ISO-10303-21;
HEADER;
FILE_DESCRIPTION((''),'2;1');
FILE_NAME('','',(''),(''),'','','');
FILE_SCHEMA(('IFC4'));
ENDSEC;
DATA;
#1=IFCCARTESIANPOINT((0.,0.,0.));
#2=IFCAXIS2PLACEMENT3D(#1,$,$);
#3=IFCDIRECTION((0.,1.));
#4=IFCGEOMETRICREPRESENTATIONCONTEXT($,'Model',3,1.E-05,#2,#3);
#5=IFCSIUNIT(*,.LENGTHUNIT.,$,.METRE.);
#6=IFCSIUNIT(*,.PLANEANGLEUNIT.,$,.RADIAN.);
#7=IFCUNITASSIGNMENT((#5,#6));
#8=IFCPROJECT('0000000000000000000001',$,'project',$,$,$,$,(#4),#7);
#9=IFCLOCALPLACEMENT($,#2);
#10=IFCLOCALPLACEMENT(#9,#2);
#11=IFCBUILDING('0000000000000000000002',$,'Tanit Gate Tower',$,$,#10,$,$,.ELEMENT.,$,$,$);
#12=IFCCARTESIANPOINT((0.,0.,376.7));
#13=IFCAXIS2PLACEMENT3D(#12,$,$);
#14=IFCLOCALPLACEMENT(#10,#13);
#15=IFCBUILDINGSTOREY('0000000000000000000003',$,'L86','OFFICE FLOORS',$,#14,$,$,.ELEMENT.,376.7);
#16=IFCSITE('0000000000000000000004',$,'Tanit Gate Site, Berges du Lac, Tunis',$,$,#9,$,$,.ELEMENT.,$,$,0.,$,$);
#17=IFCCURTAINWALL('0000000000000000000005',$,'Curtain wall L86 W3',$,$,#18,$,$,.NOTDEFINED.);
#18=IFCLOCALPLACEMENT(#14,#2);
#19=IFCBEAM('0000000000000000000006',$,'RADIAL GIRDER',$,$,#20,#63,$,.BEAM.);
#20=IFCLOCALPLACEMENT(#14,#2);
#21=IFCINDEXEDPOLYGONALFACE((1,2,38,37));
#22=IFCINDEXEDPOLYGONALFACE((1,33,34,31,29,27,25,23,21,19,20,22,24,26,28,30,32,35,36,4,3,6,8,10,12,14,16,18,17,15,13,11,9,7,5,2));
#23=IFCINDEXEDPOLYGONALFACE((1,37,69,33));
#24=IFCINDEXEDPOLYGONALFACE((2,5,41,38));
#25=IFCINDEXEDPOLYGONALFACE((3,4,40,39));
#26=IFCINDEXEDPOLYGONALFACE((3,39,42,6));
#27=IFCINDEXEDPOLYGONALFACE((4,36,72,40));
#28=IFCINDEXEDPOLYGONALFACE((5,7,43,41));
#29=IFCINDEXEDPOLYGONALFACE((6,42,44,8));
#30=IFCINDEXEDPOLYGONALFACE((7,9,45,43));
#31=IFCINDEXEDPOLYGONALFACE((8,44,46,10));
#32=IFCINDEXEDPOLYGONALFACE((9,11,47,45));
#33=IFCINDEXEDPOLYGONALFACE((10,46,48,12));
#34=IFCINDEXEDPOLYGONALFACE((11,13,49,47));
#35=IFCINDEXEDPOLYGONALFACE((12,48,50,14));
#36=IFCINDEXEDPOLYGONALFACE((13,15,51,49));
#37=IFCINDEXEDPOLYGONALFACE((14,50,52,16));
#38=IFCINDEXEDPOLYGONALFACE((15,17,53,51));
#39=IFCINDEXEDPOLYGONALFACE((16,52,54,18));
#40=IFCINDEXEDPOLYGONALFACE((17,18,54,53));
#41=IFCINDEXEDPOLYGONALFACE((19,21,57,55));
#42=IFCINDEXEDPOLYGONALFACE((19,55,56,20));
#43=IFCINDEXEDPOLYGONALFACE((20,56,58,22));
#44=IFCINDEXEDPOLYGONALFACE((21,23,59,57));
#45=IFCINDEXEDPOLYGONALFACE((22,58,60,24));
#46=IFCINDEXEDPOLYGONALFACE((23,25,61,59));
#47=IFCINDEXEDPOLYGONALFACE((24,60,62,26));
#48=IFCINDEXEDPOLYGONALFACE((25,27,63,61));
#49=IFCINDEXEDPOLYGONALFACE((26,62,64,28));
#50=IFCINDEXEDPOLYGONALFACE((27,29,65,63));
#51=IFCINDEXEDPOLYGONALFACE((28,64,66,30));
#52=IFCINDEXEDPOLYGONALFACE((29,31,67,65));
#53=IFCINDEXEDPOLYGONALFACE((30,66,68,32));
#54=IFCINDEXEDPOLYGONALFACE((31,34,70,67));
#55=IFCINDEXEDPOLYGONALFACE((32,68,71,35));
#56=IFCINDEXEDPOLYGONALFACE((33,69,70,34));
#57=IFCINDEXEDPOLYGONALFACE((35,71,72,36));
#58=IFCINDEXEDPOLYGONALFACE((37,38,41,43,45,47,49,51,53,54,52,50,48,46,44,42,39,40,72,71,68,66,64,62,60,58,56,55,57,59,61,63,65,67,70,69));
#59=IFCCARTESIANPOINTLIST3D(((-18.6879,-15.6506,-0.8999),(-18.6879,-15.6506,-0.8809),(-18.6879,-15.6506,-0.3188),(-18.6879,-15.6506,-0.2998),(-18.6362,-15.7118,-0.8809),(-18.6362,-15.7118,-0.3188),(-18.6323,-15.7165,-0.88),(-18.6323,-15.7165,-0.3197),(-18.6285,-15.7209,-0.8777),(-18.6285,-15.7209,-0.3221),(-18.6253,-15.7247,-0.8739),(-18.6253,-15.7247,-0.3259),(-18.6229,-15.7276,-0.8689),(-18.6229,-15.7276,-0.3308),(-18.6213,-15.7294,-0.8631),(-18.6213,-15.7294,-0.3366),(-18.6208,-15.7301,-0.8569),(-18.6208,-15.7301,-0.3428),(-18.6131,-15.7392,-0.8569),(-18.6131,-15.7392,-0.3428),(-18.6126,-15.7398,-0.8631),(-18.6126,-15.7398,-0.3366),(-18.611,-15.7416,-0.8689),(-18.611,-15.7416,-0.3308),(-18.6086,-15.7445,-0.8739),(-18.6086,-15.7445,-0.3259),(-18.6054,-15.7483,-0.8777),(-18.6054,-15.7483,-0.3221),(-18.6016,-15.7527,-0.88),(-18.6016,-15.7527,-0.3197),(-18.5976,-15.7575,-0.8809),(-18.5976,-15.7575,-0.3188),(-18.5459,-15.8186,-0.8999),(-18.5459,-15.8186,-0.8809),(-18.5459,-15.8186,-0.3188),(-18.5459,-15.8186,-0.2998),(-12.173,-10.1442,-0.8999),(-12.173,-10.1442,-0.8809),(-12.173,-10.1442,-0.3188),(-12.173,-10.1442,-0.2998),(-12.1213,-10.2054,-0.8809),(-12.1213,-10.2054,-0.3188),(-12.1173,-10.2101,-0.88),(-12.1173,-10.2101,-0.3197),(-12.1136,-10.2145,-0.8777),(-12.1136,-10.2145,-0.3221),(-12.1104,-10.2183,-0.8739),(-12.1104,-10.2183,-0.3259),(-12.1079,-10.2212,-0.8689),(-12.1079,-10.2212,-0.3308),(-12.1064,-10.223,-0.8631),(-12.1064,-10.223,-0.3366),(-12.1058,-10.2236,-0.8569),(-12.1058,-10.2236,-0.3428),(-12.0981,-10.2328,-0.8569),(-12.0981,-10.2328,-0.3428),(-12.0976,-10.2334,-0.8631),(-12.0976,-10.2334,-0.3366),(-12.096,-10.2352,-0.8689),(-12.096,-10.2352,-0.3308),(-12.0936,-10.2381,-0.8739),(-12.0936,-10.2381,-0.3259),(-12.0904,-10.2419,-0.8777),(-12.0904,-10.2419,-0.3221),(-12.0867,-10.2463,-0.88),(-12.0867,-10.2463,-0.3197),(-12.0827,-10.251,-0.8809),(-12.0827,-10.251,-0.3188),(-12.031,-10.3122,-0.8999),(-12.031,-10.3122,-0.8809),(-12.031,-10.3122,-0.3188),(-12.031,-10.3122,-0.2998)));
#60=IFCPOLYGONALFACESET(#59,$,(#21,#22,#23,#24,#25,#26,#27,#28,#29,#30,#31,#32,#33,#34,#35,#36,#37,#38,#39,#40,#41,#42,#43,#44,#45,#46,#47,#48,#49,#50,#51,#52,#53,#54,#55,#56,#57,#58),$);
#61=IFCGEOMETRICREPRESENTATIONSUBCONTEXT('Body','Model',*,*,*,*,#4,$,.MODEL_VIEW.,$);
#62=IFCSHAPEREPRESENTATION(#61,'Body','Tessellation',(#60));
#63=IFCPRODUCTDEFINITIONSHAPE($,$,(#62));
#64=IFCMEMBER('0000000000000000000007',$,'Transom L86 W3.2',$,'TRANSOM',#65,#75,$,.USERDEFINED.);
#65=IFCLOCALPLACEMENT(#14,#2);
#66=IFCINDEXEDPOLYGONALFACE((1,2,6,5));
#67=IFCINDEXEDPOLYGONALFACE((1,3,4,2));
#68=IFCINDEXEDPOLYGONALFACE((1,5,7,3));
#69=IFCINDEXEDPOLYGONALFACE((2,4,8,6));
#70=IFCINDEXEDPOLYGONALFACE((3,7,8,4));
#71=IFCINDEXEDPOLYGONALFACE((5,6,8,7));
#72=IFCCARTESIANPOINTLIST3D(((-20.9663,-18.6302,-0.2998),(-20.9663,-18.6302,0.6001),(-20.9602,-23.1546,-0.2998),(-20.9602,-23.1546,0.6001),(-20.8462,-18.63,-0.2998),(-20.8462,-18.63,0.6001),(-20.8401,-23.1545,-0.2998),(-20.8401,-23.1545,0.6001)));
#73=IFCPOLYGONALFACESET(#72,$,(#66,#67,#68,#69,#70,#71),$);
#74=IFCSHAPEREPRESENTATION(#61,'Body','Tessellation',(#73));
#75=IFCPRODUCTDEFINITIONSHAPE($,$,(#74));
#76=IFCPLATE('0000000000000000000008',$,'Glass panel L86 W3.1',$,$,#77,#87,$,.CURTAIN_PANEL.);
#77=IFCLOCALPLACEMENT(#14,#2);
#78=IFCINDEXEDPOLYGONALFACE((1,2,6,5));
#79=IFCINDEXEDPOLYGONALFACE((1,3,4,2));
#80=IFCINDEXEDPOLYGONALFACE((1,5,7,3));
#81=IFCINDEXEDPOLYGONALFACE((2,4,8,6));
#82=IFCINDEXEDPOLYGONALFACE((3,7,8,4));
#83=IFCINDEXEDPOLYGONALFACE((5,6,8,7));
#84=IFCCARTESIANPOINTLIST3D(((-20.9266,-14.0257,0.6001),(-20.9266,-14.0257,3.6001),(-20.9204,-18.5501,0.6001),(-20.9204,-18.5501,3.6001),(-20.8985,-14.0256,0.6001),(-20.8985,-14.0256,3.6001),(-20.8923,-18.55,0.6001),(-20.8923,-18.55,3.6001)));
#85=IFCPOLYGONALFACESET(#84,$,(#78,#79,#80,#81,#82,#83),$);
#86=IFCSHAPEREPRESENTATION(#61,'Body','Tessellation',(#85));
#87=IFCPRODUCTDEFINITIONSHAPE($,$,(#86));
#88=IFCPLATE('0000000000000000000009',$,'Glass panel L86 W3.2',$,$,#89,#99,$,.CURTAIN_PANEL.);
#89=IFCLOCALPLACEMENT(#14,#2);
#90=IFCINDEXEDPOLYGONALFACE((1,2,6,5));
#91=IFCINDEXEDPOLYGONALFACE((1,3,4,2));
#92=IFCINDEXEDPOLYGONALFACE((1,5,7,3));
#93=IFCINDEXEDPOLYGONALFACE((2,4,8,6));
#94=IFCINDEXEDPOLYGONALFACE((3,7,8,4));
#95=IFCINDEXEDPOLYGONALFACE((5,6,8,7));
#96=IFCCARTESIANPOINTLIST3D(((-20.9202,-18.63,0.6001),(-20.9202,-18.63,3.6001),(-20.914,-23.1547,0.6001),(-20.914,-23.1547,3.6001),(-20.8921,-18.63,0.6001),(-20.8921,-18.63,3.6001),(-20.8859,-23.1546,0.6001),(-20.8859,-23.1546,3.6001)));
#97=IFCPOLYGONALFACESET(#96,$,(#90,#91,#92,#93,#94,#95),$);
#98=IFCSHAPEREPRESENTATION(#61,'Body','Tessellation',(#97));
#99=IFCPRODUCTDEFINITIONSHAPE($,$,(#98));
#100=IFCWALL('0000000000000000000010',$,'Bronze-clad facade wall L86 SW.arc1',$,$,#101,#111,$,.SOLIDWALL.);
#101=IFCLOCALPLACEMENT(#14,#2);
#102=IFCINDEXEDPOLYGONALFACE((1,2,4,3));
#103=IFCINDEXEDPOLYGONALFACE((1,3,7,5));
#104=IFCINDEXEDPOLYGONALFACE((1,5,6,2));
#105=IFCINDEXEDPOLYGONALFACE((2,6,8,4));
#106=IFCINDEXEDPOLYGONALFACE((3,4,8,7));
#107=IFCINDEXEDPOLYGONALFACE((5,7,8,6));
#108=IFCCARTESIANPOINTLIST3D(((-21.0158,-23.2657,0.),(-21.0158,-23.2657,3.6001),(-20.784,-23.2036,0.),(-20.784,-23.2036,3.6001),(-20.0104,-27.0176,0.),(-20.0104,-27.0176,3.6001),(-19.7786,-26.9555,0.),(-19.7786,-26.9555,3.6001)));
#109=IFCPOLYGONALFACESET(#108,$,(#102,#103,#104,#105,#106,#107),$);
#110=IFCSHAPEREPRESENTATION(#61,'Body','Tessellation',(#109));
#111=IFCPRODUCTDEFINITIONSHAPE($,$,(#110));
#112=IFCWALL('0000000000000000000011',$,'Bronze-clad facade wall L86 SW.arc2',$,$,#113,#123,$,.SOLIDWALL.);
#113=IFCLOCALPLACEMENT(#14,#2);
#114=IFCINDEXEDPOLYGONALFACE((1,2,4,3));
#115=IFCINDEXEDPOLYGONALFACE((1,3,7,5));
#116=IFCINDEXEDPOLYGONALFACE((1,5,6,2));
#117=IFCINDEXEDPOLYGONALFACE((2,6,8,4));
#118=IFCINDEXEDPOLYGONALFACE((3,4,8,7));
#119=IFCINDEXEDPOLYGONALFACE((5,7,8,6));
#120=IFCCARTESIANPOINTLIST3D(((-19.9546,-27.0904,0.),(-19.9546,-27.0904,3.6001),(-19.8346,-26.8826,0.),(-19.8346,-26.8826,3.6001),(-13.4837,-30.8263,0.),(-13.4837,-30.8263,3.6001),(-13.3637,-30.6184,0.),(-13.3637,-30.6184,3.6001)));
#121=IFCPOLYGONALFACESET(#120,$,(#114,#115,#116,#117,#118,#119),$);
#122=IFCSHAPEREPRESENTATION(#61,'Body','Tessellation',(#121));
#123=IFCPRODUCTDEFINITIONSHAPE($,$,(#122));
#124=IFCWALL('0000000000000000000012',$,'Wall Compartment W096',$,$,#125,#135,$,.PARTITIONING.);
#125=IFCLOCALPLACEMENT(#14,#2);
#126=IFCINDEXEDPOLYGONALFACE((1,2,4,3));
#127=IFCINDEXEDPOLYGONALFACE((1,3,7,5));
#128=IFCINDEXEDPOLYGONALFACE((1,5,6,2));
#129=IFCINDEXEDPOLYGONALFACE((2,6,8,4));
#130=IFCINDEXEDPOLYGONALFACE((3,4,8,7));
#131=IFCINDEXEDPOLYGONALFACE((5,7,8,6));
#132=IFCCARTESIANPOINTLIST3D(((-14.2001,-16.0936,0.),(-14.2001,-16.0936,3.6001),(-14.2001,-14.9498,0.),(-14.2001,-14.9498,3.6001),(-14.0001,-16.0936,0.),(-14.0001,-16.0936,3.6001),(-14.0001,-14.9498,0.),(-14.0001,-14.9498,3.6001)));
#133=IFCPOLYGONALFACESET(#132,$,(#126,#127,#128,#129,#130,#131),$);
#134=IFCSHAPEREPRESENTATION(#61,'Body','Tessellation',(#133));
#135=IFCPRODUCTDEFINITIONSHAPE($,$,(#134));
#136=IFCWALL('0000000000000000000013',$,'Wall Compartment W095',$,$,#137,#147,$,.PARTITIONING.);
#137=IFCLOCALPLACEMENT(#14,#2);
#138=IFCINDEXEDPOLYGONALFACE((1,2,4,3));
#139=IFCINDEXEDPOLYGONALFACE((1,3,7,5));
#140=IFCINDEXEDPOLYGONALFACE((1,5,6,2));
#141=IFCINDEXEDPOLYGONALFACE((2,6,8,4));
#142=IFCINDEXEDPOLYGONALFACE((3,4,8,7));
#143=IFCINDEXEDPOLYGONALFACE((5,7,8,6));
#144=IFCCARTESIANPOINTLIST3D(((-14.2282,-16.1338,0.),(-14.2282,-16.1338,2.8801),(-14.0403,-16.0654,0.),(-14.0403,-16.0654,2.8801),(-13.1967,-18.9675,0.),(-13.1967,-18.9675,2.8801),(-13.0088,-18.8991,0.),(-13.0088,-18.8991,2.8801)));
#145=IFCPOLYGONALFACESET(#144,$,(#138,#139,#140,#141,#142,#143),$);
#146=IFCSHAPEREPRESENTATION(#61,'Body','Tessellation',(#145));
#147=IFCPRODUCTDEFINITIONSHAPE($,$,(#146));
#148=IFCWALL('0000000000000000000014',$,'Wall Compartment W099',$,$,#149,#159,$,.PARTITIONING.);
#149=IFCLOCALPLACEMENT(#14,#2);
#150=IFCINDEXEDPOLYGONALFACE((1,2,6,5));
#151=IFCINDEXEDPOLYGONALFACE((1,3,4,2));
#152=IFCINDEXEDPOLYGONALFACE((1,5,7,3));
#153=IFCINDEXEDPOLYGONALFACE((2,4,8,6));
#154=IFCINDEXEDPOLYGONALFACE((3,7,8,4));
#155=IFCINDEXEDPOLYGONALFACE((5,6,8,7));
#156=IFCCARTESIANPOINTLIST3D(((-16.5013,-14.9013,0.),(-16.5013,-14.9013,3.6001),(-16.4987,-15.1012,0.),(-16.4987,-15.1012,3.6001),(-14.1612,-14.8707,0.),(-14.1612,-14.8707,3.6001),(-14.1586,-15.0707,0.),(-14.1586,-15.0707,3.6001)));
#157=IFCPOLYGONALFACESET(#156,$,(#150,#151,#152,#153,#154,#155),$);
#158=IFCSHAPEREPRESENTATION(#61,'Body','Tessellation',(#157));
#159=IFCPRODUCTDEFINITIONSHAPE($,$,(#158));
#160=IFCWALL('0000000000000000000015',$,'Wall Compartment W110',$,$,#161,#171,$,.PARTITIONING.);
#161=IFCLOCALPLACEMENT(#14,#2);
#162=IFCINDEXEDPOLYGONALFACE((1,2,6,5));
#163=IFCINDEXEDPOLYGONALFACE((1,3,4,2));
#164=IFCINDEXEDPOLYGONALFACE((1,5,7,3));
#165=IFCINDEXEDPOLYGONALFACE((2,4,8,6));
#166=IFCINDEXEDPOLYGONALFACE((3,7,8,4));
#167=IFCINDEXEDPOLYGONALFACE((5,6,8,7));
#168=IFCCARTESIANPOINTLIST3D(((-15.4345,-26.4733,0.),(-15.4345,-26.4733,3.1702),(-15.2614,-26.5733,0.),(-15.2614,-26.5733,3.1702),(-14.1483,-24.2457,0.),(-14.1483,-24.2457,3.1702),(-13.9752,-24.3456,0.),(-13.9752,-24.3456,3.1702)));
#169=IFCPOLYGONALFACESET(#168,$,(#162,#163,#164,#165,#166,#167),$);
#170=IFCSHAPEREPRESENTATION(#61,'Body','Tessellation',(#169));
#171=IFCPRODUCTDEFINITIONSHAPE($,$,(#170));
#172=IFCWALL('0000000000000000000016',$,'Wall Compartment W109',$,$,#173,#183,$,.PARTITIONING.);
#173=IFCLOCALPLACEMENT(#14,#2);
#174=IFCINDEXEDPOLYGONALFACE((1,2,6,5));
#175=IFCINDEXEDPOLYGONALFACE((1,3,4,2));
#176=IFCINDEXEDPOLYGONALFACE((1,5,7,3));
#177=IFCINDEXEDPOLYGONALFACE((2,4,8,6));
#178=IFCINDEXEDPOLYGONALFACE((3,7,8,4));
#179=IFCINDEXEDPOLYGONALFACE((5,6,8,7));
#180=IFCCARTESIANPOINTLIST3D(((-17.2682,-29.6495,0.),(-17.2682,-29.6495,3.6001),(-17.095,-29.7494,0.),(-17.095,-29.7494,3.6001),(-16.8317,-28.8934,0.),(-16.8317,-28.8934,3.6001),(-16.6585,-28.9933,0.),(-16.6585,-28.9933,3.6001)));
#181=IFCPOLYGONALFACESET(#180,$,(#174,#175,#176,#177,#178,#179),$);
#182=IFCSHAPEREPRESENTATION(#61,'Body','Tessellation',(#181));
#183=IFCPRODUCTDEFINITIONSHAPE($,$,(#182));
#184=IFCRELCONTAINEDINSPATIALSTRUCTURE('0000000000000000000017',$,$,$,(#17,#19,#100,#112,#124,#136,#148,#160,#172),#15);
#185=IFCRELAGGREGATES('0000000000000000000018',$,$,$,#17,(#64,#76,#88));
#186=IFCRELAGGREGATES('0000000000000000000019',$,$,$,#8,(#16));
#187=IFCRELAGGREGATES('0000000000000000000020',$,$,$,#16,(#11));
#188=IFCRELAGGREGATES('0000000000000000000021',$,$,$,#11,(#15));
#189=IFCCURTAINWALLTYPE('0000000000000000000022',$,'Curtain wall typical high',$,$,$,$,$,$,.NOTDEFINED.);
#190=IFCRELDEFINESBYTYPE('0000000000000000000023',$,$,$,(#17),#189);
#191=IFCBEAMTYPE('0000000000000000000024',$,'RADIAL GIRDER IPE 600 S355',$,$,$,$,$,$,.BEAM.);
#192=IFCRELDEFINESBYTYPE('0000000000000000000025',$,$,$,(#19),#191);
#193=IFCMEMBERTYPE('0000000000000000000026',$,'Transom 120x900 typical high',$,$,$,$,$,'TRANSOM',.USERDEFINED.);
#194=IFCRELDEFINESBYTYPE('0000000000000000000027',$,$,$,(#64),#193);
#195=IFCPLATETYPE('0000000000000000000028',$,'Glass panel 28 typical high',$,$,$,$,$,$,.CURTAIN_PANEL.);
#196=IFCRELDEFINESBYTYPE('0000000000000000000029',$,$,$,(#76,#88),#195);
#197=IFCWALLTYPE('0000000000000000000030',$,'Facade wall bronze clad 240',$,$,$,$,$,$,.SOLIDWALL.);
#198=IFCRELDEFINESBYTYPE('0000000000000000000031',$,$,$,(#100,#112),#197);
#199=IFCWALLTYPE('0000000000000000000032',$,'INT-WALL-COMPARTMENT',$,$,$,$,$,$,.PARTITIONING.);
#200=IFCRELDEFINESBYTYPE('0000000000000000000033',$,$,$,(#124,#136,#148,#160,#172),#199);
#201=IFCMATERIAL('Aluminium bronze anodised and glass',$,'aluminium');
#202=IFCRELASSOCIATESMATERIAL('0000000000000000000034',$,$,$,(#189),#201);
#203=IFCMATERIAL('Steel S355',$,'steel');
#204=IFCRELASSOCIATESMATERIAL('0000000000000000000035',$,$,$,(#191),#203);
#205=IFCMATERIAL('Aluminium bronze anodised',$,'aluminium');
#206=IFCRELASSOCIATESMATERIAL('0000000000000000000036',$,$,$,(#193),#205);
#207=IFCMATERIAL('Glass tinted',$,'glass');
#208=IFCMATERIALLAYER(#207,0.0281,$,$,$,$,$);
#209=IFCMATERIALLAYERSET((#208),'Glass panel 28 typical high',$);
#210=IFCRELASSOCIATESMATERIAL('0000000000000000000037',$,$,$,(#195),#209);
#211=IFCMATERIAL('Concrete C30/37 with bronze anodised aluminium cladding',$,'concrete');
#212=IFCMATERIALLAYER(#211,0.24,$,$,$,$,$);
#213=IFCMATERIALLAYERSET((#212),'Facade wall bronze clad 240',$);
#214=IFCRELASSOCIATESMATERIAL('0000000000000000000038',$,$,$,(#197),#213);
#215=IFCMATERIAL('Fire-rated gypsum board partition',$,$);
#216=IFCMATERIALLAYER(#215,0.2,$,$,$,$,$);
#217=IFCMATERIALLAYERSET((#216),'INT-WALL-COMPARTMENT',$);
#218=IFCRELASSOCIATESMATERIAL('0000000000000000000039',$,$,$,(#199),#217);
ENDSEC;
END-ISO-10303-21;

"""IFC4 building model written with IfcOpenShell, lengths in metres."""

from ifc_helpers import new_model, si_unit, direction, frame, frame_2d, origin, origin_2d, place, context, subcontext, project, spatial, rectangle, i_section, extrude, material, layer, layer_set, material_profile, profile_set, type_object, element, aggregate, save


model = new_model("IFC4")

# Units and contexts
model_context = context("Model", 3, precision=1e-05, world=origin(), true_north=direction((0.0, 1.0)))
body_context = subcontext(model_context, "Body", "Model", "MODEL_VIEW")
ifc_project = project(units=[si_unit("LENGTHUNIT", "METRE"), si_unit("PLANEANGLEUNIT", "RADIAN")], contexts=[model_context])

# Site, building, storey
site_placement = place(None, origin())
site = spatial("IfcSite", under=ifc_project, at=site_placement, Name="Tanit Gate Site, Berges du Lac, Tunis", CompositionType="ELEMENT", RefElevation=0.0)
building_placement = place(site_placement, origin())
building = spatial("IfcBuilding", under=site, at=building_placement, Name="Tanit Gate Tower", CompositionType="ELEMENT")
storey_placement = place(building_placement, frame((0.0, 0.0, 376.7)))
storey = spatial("IfcBuildingStorey", under=building, at=storey_placement, Name="L86", Description="OFFICE FLOORS", CompositionType="ELEMENT", Elevation=376.7)

# Curtain wall
ifc_material_1 = material(Name="Aluminium bronze anodised and glass", Category="aluminium")
curtain_wall_type = type_object("IfcCurtainWallType", Name="Curtain wall typical high", PredefinedType="NOTDEFINED", material=ifc_material_1)
curtain_wall_placement = place(storey_placement, origin())
curtain_wall = element("IfcCurtainWall", 1, at=curtain_wall_placement, inside=storey, type_object=curtain_wall_type, Name="Curtain wall L86 W3", PredefinedType="NOTDEFINED")

# Beam
ifc_material_2 = material(Name="Steel S355", Category="steel")
ifc_material_profile_1 = material_profile(ifc_material_2, i_section(OverallWidth=0.22, OverallDepth=0.6001, WebThickness=0.012, FlangeThickness=0.019, FilletRadius=0.0239, at=origin_2d()), Name="IPE 600")
ifc_profile_set_1 = profile_set([ifc_material_profile_1], Name="Steel S355")
beam_type_1 = type_object("IfcBeamType", Name="RADIAL GIRDER IPE 600 S355", PredefinedType="BEAM", material=ifc_profile_set_1)
beam_1_placement = place(storey_placement, frame((-18.6169, -15.7346, -0.5999), z_axis=(0.763748, 0.645515, 0.0), x_axis=(-0.645515, 0.763748, 0.0)))
element("IfcBeam", 2, at=beam_1_placement, inside=storey, type_object=beam_type_1, Name="RADIAL GIRDER", PredefinedType="BEAM", context=body_context, shape_type="SweptSolid", body=[
    extrude(i_section(OverallWidth=0.22, OverallDepth=0.6001, WebThickness=0.012, FlangeThickness=0.019, FilletRadius=0.0239, at=origin_2d()), origin(), (0.0, 0.0, 1.0), 8.5303),
])

# Member
ifc_material_3 = material(Name="Aluminium bronze anodised", Category="aluminium")
ifc_material_profile_2 = material_profile(ifc_material_3, rectangle(XDim=0.1201, YDim=0.8999, at=origin_2d()), Name="120x900 bronze transom")
ifc_profile_set_2 = profile_set([ifc_material_profile_2], Name="Aluminium bronze anodised")
member_type_1 = type_object("IfcMemberType", Name="Transom 120x900 typical high", ElementType="TRANSOM", PredefinedType="USERDEFINED", material=ifc_profile_set_2)
member_1_placement = place(storey_placement, frame((-20.9062, -18.6301, 0.1501), z_axis=(0.001349, -0.999999, 0.0), x_axis=(0.999999, 0.001349, 0.0)))
member_1 = element("IfcMember", 3, at=member_1_placement, type_object=member_type_1, Name="Transom L86 W3.2", ObjectType="TRANSOM", PredefinedType="USERDEFINED", context=body_context, shape_type="SweptSolid", body=[
    extrude(rectangle(XDim=0.1201, YDim=0.8999, at=origin_2d()), origin(), (0.0, 0.0, 1.0), 4.5244),
])

# Plates
ifc_material_4 = material(Name="Glass tinted", Category="glass")
ifc_layer_1 = layer(ifc_material_4, 0.0281)
ifc_layer_set_1 = layer_set([ifc_layer_1], Name="Glass panel 28 typical high")
plate_type = type_object("IfcPlateType", Name="Glass panel 28 typical high", PredefinedType="CURTAIN_PANEL", material=ifc_layer_set_1)
plate_1_placement = place(storey_placement, frame((-20.9094, -16.2878, 0.6001), z_axis=(0.0, 0.0, 1.0), x_axis=(0.001372, -0.999999, 0.0)))
plate_1 = element("IfcPlate", 4, at=plate_1_placement, type_object=plate_type, Name="Glass panel L86 W3.1", PredefinedType="CURTAIN_PANEL", context=body_context, shape_type="SweptSolid", body=[
    extrude(rectangle(XDim=4.5244, YDim=0.0281, at=origin_2d()), origin(), (0.0, 0.0, 1.0), 3.0),
])
plate_2_placement = place(storey_placement, frame((-20.9031, -20.8923, 0.6001), z_axis=(0.0, 0.0, 1.0), x_axis=(0.001372, -0.999999, 0.0)))
plate_2 = element("IfcPlate", 5, at=plate_2_placement, type_object=plate_type, Name="Glass panel L86 W3.2", PredefinedType="CURTAIN_PANEL", context=body_context, shape_type="SweptSolid", body=[
    extrude(rectangle(XDim=4.5247, YDim=0.0281, at=origin_2d()), origin(), (0.0, 0.0, 1.0), 3.0),
])
aggregate(curtain_wall, [member_1, plate_1, plate_2])

# Walls
ifc_material_5 = material(Name="Concrete C30/37 with bronze anodised aluminium cladding", Category="concrete")
ifc_layer_2 = layer(ifc_material_5, 0.24)
ifc_layer_set_2 = layer_set([ifc_layer_2], Name="Facade wall bronze clad 240")
wall_type_1 = type_object("IfcWallType", Name="Facade wall bronze clad 240", PredefinedType="SOLIDWALL", material=ifc_layer_set_2)
wall_1_placement = place(storey_placement, frame((-20.8999, -23.2346, 0.0), z_axis=(0.0, 0.0, 1.0), x_axis=(0.258828, -0.965923, 0.0)))
element("IfcWall", 6, at=wall_1_placement, inside=storey, type_object=wall_type_1, Name="Bronze-clad facade wall L86 SW.arc1", PredefinedType="SOLIDWALL", context=body_context, shape_type="SweptSolid", body=[
    extrude(rectangle(XDim=3.8843, YDim=0.24, at=frame_2d((1.9421, 0.0))), origin(), (0.0, 0.0, 1.0), 3.6001),
])
wall_2_placement = place(storey_placement, frame((-19.8945, -26.9866, 0.0), z_axis=(0.0, 0.0, 1.0), x_axis=(0.866035, -0.499984, 0.0)))
element("IfcWall", 7, at=wall_2_placement, inside=storey, type_object=wall_type_1, Name="Bronze-clad facade wall L86 SW.arc2", PredefinedType="SOLIDWALL", context=body_context, shape_type="SweptSolid", body=[
    extrude(rectangle(XDim=7.4719, YDim=0.24, at=frame_2d((3.7358, 0.0))), origin(), (0.0, 0.0, 1.0), 3.6001),
])
ifc_material_6 = material(Name="Fire-rated gypsum board partition")
ifc_layer_3 = layer(ifc_material_6, 0.2)
ifc_layer_set_3 = layer_set([ifc_layer_3], Name="INT-WALL-COMPARTMENT")
wall_type_2 = type_object("IfcWallType", Name="INT-WALL-COMPARTMENT", PredefinedType="PARTITIONING", material=ifc_layer_set_3)
wall_3_placement = place(storey_placement, frame((-14.1001, -14.95, 0.0), z_axis=(0.0, 0.0, 1.0), x_axis=(0.0, -1.0, 0.0)))
element("IfcWall", 8, at=wall_3_placement, inside=storey, type_object=wall_type_2, Name="Wall Compartment W096", PredefinedType="PARTITIONING", context=body_context, shape_type="SweptSolid", body=[
    extrude(rectangle(XDim=1.1438, YDim=0.2, at=frame_2d((0.5718, 0.0))), origin(), (0.0, 0.0, 1.0), 3.6001),
])
wall_4_placement = place(storey_placement, frame((-14.1343, -16.0996, 0.0), z_axis=(0.0, 0.0, 1.0), x_axis=(0.342049, -0.939682, 0.0)))
element("IfcWall", 9, at=wall_4_placement, inside=storey, type_object=wall_type_2, Name="Wall Compartment W095", PredefinedType="PARTITIONING", context=body_context, shape_type="SweptSolid", body=[
    extrude(rectangle(XDim=3.0156, YDim=0.2, at=frame_2d((1.5078, 0.0))), origin(), (0.0, 0.0, 1.0), 2.8801),
])
wall_5_placement = place(storey_placement, frame((-16.5, -15.0012, 0.0), z_axis=(0.0, 0.0, 1.0), x_axis=(0.999915, 0.01304, 0.0)))
element("IfcWall", 10, at=wall_5_placement, inside=storey, type_object=wall_type_2, Name="Wall Compartment W099", PredefinedType="PARTITIONING", context=body_context, shape_type="SweptSolid", body=[
    extrude(rectangle(XDim=2.3403, YDim=0.2, at=frame_2d((1.1702, 0.0))), origin(), (0.0, 0.0, 1.0), 3.6001),
])
wall_6_placement = place(storey_placement, frame((-14.0618, -24.2957, 0.0), z_axis=(0.0, 0.0, 1.0), x_axis=(-0.500018, -0.866015, 0.0)))
element("IfcWall", 11, at=wall_6_placement, inside=storey, type_object=wall_type_2, Name="Wall Compartment W110", PredefinedType="PARTITIONING", context=body_context, shape_type="SweptSolid", body=[
    extrude(rectangle(XDim=2.5723, YDim=0.2, at=frame_2d((1.2861, 0.0))), origin(), (0.0, 0.0, 1.0), 3.1702),
])
wall_7_placement = place(storey_placement, frame((-16.7451, -28.9434, 0.0), z_axis=(0.0, 0.0, 1.0), x_axis=(-0.499989, -0.866032, 0.0)))
element("IfcWall", 12, at=wall_7_placement, inside=storey, type_object=wall_type_2, Name="Wall Compartment W109", PredefinedType="PARTITIONING", context=body_context, shape_type="SweptSolid", body=[
    extrude(rectangle(XDim=0.873, YDim=0.2, at=frame_2d((0.4365, 0.0))), origin(), (0.0, 0.0, 1.0), 3.6001),
])

save(model, "model.ifc")
